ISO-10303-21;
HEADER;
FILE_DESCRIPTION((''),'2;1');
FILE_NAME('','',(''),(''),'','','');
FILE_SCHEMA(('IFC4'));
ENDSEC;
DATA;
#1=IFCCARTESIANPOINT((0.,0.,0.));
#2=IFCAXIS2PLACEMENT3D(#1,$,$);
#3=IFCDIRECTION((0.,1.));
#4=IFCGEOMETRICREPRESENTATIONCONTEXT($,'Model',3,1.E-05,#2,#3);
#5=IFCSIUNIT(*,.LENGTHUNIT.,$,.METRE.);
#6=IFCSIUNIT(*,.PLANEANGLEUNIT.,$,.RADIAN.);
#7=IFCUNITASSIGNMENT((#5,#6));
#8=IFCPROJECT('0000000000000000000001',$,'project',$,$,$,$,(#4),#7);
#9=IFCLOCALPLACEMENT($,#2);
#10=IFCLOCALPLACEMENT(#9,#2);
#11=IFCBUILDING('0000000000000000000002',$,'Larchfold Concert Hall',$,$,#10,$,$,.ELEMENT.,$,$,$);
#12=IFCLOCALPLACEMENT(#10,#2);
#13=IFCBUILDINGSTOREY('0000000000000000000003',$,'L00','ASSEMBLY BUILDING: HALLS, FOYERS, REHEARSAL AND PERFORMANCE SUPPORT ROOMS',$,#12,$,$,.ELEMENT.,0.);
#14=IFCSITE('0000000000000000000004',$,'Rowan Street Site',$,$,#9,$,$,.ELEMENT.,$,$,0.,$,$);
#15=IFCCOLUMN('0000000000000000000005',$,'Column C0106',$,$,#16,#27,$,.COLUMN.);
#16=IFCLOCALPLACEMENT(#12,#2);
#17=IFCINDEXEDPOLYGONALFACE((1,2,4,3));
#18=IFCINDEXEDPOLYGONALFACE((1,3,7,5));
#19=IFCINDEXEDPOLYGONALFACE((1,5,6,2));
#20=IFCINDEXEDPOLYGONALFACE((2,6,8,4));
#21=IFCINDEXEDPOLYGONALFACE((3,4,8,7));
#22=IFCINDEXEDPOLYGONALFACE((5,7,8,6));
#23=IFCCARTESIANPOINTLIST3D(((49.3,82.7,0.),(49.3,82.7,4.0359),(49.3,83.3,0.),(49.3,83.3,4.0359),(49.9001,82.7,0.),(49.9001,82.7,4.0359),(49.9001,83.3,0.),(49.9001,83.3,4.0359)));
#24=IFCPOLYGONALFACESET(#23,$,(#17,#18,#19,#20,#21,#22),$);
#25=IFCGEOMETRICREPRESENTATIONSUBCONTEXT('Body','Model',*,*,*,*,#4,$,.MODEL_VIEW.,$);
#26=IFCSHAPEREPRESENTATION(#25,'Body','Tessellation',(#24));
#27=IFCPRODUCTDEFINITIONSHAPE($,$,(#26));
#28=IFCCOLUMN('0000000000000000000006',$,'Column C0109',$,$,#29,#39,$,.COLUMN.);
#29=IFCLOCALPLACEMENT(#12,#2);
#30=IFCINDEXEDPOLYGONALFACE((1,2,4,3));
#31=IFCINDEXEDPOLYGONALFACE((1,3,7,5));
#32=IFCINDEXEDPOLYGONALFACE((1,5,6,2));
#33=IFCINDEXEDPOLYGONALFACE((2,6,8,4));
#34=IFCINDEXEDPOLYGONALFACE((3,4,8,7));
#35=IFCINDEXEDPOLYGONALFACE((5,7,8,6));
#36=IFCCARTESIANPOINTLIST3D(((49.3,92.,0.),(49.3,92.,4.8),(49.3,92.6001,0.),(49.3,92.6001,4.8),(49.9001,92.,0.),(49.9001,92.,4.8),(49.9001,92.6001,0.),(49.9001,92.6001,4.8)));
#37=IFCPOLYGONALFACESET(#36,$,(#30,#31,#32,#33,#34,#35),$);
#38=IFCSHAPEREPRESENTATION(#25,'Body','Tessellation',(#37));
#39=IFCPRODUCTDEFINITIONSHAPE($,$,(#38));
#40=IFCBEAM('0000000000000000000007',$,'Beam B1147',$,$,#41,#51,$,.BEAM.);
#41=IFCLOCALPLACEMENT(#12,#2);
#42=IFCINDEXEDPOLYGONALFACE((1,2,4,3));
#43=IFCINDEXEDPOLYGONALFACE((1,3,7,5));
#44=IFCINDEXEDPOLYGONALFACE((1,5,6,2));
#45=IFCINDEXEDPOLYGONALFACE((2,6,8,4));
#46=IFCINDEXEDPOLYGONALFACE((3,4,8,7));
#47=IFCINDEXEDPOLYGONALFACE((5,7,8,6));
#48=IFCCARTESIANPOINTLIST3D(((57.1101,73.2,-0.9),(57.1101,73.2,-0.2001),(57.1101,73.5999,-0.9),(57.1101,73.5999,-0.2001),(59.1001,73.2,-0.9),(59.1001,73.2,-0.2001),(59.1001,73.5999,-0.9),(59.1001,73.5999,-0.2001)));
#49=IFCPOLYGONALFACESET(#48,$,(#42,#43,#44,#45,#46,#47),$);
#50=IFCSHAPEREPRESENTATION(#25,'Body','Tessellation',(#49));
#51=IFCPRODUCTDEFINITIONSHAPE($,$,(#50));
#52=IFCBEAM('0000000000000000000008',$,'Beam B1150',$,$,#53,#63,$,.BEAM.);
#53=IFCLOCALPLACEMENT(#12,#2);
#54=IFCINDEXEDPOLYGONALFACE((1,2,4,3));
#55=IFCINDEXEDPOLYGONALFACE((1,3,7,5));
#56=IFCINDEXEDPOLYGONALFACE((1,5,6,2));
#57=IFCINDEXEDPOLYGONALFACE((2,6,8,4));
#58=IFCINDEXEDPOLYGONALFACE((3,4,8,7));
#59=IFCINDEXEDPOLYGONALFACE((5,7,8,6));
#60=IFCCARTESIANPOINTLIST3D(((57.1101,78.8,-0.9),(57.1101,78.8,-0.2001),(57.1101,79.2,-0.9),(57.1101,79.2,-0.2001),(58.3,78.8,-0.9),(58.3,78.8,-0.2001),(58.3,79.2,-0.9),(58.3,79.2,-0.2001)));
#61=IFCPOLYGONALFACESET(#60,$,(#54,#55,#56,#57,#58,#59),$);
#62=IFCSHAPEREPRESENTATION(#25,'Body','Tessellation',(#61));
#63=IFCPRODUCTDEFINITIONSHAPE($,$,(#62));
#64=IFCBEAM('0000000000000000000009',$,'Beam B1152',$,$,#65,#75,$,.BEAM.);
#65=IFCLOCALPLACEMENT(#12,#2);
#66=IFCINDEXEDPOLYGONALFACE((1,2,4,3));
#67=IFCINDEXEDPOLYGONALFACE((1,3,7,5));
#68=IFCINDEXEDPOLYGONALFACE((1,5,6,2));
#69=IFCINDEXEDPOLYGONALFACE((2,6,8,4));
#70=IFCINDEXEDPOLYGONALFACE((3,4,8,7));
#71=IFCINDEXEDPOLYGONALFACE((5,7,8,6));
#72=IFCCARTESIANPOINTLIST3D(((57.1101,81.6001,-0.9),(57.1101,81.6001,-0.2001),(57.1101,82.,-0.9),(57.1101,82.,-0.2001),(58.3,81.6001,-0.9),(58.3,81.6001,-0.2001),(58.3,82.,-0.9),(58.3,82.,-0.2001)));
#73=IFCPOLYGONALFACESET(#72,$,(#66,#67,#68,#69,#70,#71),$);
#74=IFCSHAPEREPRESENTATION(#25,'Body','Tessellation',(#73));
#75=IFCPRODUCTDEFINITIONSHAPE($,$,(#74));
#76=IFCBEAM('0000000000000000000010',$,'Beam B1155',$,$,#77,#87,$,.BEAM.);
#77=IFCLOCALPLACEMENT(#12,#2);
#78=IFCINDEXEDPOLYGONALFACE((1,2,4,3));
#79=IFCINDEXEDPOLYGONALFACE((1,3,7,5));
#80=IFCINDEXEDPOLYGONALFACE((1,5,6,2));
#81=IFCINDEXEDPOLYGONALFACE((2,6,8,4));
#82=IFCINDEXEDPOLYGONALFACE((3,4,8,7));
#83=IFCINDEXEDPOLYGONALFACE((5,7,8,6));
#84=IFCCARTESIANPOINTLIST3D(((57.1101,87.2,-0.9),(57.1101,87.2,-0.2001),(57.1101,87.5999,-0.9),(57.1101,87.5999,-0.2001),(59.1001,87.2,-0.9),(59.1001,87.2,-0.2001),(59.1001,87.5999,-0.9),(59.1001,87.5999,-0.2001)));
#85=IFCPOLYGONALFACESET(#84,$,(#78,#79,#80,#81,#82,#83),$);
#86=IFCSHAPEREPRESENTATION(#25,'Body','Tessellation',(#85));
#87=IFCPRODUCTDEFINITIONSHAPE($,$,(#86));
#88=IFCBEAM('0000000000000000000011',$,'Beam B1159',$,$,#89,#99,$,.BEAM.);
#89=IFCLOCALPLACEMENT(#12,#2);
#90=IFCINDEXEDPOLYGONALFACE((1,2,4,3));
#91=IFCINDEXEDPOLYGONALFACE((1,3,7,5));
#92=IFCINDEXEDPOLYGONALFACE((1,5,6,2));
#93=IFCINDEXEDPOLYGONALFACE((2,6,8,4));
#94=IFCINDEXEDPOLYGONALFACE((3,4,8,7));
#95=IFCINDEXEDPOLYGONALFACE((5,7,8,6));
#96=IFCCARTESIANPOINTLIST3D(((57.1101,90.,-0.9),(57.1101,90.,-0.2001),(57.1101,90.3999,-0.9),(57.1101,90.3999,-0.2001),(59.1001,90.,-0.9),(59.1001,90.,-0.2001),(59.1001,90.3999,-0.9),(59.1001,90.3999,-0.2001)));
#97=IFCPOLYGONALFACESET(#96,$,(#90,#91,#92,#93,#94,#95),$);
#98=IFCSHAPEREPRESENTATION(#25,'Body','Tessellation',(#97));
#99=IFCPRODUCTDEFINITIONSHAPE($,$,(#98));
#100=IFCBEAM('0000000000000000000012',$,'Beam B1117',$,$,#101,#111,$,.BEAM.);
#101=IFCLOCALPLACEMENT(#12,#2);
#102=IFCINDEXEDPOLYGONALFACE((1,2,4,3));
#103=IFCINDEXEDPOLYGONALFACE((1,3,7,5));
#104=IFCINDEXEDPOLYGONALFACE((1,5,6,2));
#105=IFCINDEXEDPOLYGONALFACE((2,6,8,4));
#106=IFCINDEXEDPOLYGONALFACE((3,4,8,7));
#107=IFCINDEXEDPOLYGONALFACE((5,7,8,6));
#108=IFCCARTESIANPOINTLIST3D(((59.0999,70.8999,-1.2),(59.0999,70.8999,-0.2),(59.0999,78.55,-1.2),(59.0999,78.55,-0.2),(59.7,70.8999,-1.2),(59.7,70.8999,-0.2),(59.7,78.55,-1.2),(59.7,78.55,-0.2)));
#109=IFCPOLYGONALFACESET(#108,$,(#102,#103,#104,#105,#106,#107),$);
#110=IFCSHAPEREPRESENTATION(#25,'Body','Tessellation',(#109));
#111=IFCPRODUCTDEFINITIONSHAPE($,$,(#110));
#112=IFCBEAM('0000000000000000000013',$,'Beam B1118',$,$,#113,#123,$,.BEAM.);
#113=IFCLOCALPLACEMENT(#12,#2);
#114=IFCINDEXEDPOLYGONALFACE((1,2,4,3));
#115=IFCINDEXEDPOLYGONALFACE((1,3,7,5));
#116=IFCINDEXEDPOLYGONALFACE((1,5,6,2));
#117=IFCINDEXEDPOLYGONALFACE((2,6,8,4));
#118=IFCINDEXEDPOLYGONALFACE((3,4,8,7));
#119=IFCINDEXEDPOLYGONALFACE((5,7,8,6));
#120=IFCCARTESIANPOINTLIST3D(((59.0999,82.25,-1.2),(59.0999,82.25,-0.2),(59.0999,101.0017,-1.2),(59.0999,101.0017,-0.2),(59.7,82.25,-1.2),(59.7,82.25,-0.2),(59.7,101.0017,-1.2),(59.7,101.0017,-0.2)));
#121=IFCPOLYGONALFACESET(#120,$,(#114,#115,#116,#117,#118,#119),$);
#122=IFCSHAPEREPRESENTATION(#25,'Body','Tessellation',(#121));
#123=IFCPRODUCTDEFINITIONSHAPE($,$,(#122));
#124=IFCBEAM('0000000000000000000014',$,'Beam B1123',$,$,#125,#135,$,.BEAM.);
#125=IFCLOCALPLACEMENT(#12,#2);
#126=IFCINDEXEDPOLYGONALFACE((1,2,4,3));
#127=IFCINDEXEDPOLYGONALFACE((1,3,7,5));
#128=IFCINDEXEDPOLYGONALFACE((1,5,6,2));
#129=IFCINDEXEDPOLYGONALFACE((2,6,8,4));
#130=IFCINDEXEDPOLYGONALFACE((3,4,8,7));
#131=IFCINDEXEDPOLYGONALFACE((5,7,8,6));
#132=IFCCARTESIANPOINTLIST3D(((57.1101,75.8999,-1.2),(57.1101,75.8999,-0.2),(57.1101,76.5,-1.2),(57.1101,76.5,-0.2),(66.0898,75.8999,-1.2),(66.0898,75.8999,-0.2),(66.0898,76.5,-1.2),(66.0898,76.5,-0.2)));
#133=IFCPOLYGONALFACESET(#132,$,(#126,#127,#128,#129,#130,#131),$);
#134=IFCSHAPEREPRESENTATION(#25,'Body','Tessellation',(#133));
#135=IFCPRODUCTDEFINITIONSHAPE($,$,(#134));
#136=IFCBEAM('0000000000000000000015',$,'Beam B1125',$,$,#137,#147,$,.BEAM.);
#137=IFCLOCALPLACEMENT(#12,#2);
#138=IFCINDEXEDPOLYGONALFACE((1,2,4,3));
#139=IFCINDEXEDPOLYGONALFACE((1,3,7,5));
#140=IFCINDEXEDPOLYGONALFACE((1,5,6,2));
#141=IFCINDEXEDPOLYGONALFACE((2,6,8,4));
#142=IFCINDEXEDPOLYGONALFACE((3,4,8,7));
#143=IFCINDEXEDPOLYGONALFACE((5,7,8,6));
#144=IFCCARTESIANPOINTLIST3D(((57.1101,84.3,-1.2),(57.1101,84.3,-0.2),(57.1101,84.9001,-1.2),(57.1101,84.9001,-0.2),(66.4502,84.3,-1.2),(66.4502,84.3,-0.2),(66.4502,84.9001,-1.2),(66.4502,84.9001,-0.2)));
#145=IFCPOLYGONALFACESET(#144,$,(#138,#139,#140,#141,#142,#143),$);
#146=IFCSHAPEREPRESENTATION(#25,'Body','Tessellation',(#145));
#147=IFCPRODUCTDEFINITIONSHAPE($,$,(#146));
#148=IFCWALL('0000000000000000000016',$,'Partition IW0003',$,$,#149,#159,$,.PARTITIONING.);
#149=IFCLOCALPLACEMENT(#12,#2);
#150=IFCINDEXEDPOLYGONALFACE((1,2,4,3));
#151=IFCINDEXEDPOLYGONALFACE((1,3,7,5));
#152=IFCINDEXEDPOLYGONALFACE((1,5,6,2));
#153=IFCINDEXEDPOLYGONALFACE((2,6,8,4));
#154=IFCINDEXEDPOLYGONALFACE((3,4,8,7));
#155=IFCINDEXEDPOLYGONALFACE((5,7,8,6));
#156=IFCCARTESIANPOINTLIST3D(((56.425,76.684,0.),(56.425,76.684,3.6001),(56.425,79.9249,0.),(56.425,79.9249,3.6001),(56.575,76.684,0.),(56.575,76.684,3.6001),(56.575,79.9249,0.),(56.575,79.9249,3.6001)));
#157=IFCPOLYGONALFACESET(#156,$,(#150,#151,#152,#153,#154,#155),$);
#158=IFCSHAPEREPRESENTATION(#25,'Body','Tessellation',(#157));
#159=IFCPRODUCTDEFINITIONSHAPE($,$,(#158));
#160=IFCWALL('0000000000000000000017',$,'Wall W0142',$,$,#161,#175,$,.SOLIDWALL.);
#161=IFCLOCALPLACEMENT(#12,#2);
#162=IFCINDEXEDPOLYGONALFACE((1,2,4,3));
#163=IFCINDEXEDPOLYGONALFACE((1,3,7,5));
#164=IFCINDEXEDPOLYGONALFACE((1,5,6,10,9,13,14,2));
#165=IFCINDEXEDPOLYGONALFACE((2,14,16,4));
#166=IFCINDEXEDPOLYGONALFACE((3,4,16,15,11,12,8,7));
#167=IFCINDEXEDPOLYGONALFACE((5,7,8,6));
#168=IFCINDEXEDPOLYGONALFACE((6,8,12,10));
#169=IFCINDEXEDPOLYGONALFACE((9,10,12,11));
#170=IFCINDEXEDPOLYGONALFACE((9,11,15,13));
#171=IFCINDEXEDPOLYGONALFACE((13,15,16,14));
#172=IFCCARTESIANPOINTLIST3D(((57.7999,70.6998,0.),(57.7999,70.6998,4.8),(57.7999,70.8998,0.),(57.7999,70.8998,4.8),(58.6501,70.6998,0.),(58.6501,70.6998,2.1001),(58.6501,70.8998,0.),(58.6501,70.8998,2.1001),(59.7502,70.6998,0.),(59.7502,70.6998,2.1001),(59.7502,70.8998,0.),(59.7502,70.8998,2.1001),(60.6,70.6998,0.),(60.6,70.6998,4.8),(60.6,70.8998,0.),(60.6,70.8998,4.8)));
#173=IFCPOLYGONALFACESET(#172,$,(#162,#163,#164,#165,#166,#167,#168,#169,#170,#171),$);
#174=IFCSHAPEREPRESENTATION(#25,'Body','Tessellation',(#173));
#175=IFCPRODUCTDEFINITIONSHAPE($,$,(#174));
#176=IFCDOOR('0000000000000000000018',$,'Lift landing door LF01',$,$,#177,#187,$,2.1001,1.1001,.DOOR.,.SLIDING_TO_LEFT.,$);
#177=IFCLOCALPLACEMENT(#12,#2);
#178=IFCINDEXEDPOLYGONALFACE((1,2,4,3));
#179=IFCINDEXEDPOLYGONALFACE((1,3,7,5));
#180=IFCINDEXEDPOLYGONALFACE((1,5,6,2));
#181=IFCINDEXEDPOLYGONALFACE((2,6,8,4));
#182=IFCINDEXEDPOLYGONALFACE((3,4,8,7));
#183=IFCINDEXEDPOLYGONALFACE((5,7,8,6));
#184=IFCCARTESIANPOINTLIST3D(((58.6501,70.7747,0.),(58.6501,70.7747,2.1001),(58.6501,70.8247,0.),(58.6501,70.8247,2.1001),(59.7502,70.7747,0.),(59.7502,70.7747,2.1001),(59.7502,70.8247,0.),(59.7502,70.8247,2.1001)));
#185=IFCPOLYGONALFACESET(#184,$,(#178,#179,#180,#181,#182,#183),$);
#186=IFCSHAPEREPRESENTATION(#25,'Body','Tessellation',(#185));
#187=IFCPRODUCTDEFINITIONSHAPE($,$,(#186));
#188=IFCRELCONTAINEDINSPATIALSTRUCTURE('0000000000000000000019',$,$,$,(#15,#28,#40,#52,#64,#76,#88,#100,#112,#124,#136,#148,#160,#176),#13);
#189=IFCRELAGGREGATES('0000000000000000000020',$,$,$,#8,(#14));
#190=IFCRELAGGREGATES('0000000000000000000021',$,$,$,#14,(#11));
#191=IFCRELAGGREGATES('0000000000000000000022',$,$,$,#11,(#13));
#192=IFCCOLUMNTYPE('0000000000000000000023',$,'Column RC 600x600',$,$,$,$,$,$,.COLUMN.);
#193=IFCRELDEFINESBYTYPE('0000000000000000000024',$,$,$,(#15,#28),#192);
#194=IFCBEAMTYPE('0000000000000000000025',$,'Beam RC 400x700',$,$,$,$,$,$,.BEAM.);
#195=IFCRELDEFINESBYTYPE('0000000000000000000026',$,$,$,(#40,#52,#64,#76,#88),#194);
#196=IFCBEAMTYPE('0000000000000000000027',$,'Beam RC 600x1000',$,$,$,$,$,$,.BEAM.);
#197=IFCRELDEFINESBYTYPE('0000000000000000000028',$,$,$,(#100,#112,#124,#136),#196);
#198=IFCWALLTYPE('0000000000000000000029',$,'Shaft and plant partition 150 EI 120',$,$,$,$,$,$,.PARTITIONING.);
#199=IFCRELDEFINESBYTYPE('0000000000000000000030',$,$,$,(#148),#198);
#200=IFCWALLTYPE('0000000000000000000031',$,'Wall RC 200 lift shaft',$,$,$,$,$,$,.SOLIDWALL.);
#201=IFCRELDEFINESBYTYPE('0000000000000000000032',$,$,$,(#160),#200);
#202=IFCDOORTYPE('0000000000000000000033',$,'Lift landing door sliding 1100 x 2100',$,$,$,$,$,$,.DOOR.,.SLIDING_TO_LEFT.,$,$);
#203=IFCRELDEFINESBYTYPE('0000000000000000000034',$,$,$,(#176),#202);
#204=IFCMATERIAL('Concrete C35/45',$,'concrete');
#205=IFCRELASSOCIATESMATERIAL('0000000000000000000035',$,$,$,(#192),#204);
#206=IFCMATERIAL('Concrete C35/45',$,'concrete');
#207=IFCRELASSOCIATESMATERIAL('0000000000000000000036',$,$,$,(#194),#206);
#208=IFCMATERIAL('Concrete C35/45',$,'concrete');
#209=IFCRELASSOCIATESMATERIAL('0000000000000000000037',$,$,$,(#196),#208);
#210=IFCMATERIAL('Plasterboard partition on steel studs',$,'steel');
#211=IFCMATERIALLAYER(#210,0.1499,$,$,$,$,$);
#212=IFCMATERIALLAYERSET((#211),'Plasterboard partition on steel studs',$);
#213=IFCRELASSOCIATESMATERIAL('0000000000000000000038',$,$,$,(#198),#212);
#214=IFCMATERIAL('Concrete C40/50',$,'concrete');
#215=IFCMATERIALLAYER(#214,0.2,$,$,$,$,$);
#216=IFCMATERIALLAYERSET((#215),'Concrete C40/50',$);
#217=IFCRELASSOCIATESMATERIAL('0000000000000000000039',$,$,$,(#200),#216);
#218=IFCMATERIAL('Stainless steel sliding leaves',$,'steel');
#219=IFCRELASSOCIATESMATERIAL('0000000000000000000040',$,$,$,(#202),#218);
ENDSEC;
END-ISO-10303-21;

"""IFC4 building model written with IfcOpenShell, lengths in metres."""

from ifc_helpers import new_model, si_unit, direction, frame, frame_2d, origin, origin_2d, place, context, subcontext, project, spatial, rectangle, extrude, material, layer, layer_set, material_profile, profile_set, type_object, element, fill, save


model = new_model("IFC4")

# Units and contexts
model_context = context("Model", 3, precision=1e-05, world=origin(), true_north=direction((0.0, 1.0)))
body_context = subcontext(model_context, "Body", "Model", "MODEL_VIEW")
ifc_project = project(units=[si_unit("LENGTHUNIT", "METRE"), si_unit("PLANEANGLEUNIT", "RADIAN")], contexts=[model_context])

# Site, building, storey
site_placement = place(None, origin())
site = spatial("IfcSite", under=ifc_project, at=site_placement, Name="Rowan Street Site", CompositionType="ELEMENT", RefElevation=0.0)
building_placement = place(site_placement, origin())
building = spatial("IfcBuilding", under=site, at=building_placement, Name="Larchfold Concert Hall", CompositionType="ELEMENT")
storey_placement = place(building_placement, origin())
storey = spatial("IfcBuildingStorey", under=building, at=storey_placement, Name="L00", Description="ASSEMBLY BUILDING: HALLS, FOYERS, REHEARSAL AND PERFORMANCE SUPPORT ROOMS", CompositionType="ELEMENT", Elevation=0.0)

# Columns
ifc_material_1 = material(Name="Concrete C35/45", Category="concrete")
ifc_material_profile_1 = material_profile(ifc_material_1, rectangle(XDim=0.6001, YDim=0.6001, at=origin_2d()))
ifc_profile_set_1 = profile_set([ifc_material_profile_1], Name="Concrete C35/45")
column_type = type_object("IfcColumnType", Name="Column RC 600x600", PredefinedType="COLUMN", material=ifc_profile_set_1)
column_1_placement = place(storey_placement, frame((49.6001, 83.0, 0.0), z_axis=(0.0, 0.0, 1.0), x_axis=(1.0, 0.0, 0.0)))
element("IfcColumn", 1, at=column_1_placement, inside=storey, type_object=column_type, Name="Column C0106", PredefinedType="COLUMN", context=body_context, shape_type="SweptSolid", body=[
    extrude(rectangle(XDim=0.6001, YDim=0.6001, at=origin_2d()), origin(), (0.0, 0.0, 1.0), 4.0359),
])
column_2_placement = place(storey_placement, frame((49.6001, 92.3, 0.0), z_axis=(0.0, 0.0, 1.0), x_axis=(1.0, 0.0, 0.0)))
element("IfcColumn", 2, at=column_2_placement, inside=storey, type_object=column_type, Name="Column C0109", PredefinedType="COLUMN", context=body_context, shape_type="SweptSolid", body=[
    extrude(rectangle(XDim=0.6001, YDim=0.6001, at=origin_2d()), origin(), (0.0, 0.0, 1.0), 4.8),
])

# Beams
ifc_material_2 = material(Name="Concrete C35/45", Category="concrete")
ifc_material_profile_2 = material_profile(ifc_material_2, rectangle(XDim=0.3999, YDim=0.7, at=origin_2d()))
ifc_profile_set_2 = profile_set([ifc_material_profile_2], Name="Concrete C35/45")
beam_type_1 = type_object("IfcBeamType", Name="Beam RC 400x700", PredefinedType="BEAM", material=ifc_profile_set_2)
beam_1_placement = place(storey_placement, frame((57.1101, 73.3999, -0.55), z_axis=(1.0, 0.0, 0.0), x_axis=(0.0, 1.0, 0.0)))
element("IfcBeam", 3, at=beam_1_placement, inside=storey, type_object=beam_type_1, Name="Beam B1147", PredefinedType="BEAM", context=body_context, shape_type="SweptSolid", body=[
    extrude(rectangle(XDim=0.3999, YDim=0.7, at=origin_2d()), origin(), (0.0, 0.0, 1.0), 1.99),
])
for number, where, z_axis, x_axis, name in (
    (4, (57.1101, 79.0, -0.55), (1.0, 0.0, 0.0), (0.0, 1.0, 0.0), "Beam B1150"),
    (5, (57.1101, 81.8, -0.55), (1.0, 0.0, 0.0), (0.0, 1.0, 0.0), "Beam B1152"),
):
    element("IfcBeam", number, at=place(storey_placement, frame(where, z_axis=z_axis, x_axis=x_axis)), inside=storey, type_object=beam_type_1, Name=name, PredefinedType="BEAM", context=body_context, shape_type="SweptSolid", body=[
        extrude(rectangle(XDim=0.3999, YDim=0.7, at=origin_2d()), origin(), (0.0, 0.0, 1.0), 1.1899),
    ])
for number, where, z_axis, x_axis, name in (
    (6, (57.1101, 87.3999, -0.55), (1.0, 0.0, 0.0), (0.0, 1.0, 0.0), "Beam B1155"),
    (7, (57.1101, 90.2, -0.55), (1.0, 0.0, 0.0), (0.0, 1.0, 0.0), "Beam B1159"),
):
    element("IfcBeam", number, at=place(storey_placement, frame(where, z_axis=z_axis, x_axis=x_axis)), inside=storey, type_object=beam_type_1, Name=name, PredefinedType="BEAM", context=body_context, shape_type="SweptSolid", body=[
        extrude(rectangle(XDim=0.3999, YDim=0.7, at=origin_2d()), origin(), (0.0, 0.0, 1.0), 1.99),
    ])
ifc_material_3 = material(Name="Concrete C35/45", Category="concrete")
ifc_material_profile_3 = material_profile(ifc_material_3, rectangle(XDim=0.6001, YDim=1.0, at=origin_2d()))
ifc_profile_set_3 = profile_set([ifc_material_profile_3], Name="Concrete C35/45")
beam_type_2 = type_object("IfcBeamType", Name="Beam RC 600x1000", PredefinedType="BEAM", material=ifc_profile_set_3)
beam_2_placement = place(storey_placement, frame((59.3999, 70.8999, -0.7), z_axis=(0.0, 1.0, 0.0), x_axis=(-1.0, 0.0, 0.0)))
element("IfcBeam", 8, at=beam_2_placement, inside=storey, type_object=beam_type_2, Name="Beam B1117", PredefinedType="BEAM", context=body_context, shape_type="SweptSolid", body=[
    extrude(rectangle(XDim=0.6001, YDim=1.0, at=origin_2d()), origin(), (0.0, 0.0, 1.0), 7.6501),
])
beam_3_placement = place(storey_placement, frame((59.3999, 82.25, -0.7), z_axis=(0.0, 1.0, 0.0), x_axis=(-1.0, 0.0, 0.0)))
element("IfcBeam", 9, at=beam_3_placement, inside=storey, type_object=beam_type_2, Name="Beam B1118", PredefinedType="BEAM", context=body_context, shape_type="SweptSolid", body=[
    extrude(rectangle(XDim=0.6001, YDim=1.0, at=origin_2d()), origin(), (0.0, 0.0, 1.0), 18.7517),
])
beam_4_placement = place(storey_placement, frame((57.1101, 76.2, -0.7), z_axis=(1.0, 0.0, 0.0), x_axis=(0.0, 1.0, 0.0)))
element("IfcBeam", 10, at=beam_4_placement, inside=storey, type_object=beam_type_2, Name="Beam B1123", PredefinedType="BEAM", context=body_context, shape_type="SweptSolid", body=[
    extrude(rectangle(XDim=0.6001, YDim=1.0, at=origin_2d()), origin(), (0.0, 0.0, 1.0), 8.9797),
])
beam_5_placement = place(storey_placement, frame((57.1101, 84.6001, -0.7), z_axis=(1.0, 0.0, 0.0), x_axis=(0.0, 1.0, 0.0)))
element("IfcBeam", 11, at=beam_5_placement, inside=storey, type_object=beam_type_2, Name="Beam B1125", PredefinedType="BEAM", context=body_context, shape_type="SweptSolid", body=[
    extrude(rectangle(XDim=0.6001, YDim=1.0, at=origin_2d()), origin(), (0.0, 0.0, 1.0), 9.3401),
])

# Wall
ifc_material_4 = material(Name="Plasterboard partition on steel studs", Category="steel")
ifc_layer_1 = layer(ifc_material_4, 0.1499)
ifc_layer_set_1 = layer_set([ifc_layer_1], Name="Plasterboard partition on steel studs")
wall_type_1 = type_object("IfcWallType", Name="Shaft and plant partition 150 EI 120", PredefinedType="PARTITIONING", material=ifc_layer_set_1)
wall_1_placement = place(storey_placement, frame((56.5, 79.925, 0.0), z_axis=(0.0, 0.0, 1.0), x_axis=(0.0, -1.0, 0.0)))
element("IfcWall", 12, at=wall_1_placement, inside=storey, type_object=wall_type_1, Name="Partition IW0003", PredefinedType="PARTITIONING", context=body_context, shape_type="SweptSolid", body=[
    extrude(rectangle(XDim=3.241, YDim=0.1499, at=frame_2d((1.6206, 0.0))), origin(), (0.0, 0.0, 1.0), 3.6001),
])

# Wall, opening, door
ifc_material_5 = material(Name="Concrete C40/50", Category="concrete")
ifc_layer_2 = layer(ifc_material_5, 0.2)
ifc_layer_set_2 = layer_set([ifc_layer_2], Name="Concrete C40/50")
wall_type_2 = type_object("IfcWallType", Name="Wall RC 200 lift shaft", PredefinedType="SOLIDWALL", material=ifc_layer_set_2)
wall_2_placement = place(storey_placement, frame((57.8, 70.7998, 0.0), z_axis=(0.0, 0.0, 1.0), x_axis=(1.0, 0.0, 0.0)))
wall_2 = element("IfcWall", 13, at=wall_2_placement, inside=storey, type_object=wall_type_2, Name="Wall W0142", PredefinedType="SOLIDWALL", context=body_context, shape_type="SweptSolid", body=[
    extrude(rectangle(XDim=2.8, YDim=0.2, at=frame_2d((1.3999, 0.0))), origin(), (0.0, 0.0, 1.0), 4.8),
])
opening_1_placement = place(wall_2_placement, frame((0.8501, 0.0, 0.0)))
opening_1 = element("IfcOpeningElement", 14, at=opening_1_placement, cuts=wall_2, PredefinedType="OPENING", context=body_context, shape_type="SweptSolid", body=[
    extrude(rectangle(XDim=1.1001, YDim=2.1001, at=frame_2d((0.55, 1.05))), frame((0.0, 0.1099, 0.0), z_axis=(0.0, -1.0, 0.0), x_axis=(1.0, 0.0, 0.0)), (0.0, 0.0, 1.0), 0.22),
])
ifc_material_6 = material(Name="Stainless steel sliding leaves", Category="steel")
door_type_1 = type_object("IfcDoorType", Name="Lift landing door sliding 1100 x 2100", OperationType="SLIDING_TO_LEFT", PredefinedType="DOOR", material=ifc_material_6)
door_1_placement = place(opening_1_placement, origin())
door_1 = element("IfcDoor", 15, at=door_1_placement, inside=storey, type_object=door_type_1, Name="Lift landing door LF01", OperationType="SLIDING_TO_LEFT", OverallHeight=2.1001, OverallWidth=1.1001, PredefinedType="DOOR", context=body_context, shape_type="SweptSolid", body=[
    extrude(rectangle(XDim=1.1001, YDim=2.1001, at=frame_2d((0.55, 1.05))), frame((0.0, 0.0249, 0.0), z_axis=(0.0, -1.0, 0.0), x_axis=(1.0, 0.0, 0.0)), (0.0, 0.0, 1.0), 0.05),
])
fill(opening_1, door_1)

save(model, "model.ifc")
